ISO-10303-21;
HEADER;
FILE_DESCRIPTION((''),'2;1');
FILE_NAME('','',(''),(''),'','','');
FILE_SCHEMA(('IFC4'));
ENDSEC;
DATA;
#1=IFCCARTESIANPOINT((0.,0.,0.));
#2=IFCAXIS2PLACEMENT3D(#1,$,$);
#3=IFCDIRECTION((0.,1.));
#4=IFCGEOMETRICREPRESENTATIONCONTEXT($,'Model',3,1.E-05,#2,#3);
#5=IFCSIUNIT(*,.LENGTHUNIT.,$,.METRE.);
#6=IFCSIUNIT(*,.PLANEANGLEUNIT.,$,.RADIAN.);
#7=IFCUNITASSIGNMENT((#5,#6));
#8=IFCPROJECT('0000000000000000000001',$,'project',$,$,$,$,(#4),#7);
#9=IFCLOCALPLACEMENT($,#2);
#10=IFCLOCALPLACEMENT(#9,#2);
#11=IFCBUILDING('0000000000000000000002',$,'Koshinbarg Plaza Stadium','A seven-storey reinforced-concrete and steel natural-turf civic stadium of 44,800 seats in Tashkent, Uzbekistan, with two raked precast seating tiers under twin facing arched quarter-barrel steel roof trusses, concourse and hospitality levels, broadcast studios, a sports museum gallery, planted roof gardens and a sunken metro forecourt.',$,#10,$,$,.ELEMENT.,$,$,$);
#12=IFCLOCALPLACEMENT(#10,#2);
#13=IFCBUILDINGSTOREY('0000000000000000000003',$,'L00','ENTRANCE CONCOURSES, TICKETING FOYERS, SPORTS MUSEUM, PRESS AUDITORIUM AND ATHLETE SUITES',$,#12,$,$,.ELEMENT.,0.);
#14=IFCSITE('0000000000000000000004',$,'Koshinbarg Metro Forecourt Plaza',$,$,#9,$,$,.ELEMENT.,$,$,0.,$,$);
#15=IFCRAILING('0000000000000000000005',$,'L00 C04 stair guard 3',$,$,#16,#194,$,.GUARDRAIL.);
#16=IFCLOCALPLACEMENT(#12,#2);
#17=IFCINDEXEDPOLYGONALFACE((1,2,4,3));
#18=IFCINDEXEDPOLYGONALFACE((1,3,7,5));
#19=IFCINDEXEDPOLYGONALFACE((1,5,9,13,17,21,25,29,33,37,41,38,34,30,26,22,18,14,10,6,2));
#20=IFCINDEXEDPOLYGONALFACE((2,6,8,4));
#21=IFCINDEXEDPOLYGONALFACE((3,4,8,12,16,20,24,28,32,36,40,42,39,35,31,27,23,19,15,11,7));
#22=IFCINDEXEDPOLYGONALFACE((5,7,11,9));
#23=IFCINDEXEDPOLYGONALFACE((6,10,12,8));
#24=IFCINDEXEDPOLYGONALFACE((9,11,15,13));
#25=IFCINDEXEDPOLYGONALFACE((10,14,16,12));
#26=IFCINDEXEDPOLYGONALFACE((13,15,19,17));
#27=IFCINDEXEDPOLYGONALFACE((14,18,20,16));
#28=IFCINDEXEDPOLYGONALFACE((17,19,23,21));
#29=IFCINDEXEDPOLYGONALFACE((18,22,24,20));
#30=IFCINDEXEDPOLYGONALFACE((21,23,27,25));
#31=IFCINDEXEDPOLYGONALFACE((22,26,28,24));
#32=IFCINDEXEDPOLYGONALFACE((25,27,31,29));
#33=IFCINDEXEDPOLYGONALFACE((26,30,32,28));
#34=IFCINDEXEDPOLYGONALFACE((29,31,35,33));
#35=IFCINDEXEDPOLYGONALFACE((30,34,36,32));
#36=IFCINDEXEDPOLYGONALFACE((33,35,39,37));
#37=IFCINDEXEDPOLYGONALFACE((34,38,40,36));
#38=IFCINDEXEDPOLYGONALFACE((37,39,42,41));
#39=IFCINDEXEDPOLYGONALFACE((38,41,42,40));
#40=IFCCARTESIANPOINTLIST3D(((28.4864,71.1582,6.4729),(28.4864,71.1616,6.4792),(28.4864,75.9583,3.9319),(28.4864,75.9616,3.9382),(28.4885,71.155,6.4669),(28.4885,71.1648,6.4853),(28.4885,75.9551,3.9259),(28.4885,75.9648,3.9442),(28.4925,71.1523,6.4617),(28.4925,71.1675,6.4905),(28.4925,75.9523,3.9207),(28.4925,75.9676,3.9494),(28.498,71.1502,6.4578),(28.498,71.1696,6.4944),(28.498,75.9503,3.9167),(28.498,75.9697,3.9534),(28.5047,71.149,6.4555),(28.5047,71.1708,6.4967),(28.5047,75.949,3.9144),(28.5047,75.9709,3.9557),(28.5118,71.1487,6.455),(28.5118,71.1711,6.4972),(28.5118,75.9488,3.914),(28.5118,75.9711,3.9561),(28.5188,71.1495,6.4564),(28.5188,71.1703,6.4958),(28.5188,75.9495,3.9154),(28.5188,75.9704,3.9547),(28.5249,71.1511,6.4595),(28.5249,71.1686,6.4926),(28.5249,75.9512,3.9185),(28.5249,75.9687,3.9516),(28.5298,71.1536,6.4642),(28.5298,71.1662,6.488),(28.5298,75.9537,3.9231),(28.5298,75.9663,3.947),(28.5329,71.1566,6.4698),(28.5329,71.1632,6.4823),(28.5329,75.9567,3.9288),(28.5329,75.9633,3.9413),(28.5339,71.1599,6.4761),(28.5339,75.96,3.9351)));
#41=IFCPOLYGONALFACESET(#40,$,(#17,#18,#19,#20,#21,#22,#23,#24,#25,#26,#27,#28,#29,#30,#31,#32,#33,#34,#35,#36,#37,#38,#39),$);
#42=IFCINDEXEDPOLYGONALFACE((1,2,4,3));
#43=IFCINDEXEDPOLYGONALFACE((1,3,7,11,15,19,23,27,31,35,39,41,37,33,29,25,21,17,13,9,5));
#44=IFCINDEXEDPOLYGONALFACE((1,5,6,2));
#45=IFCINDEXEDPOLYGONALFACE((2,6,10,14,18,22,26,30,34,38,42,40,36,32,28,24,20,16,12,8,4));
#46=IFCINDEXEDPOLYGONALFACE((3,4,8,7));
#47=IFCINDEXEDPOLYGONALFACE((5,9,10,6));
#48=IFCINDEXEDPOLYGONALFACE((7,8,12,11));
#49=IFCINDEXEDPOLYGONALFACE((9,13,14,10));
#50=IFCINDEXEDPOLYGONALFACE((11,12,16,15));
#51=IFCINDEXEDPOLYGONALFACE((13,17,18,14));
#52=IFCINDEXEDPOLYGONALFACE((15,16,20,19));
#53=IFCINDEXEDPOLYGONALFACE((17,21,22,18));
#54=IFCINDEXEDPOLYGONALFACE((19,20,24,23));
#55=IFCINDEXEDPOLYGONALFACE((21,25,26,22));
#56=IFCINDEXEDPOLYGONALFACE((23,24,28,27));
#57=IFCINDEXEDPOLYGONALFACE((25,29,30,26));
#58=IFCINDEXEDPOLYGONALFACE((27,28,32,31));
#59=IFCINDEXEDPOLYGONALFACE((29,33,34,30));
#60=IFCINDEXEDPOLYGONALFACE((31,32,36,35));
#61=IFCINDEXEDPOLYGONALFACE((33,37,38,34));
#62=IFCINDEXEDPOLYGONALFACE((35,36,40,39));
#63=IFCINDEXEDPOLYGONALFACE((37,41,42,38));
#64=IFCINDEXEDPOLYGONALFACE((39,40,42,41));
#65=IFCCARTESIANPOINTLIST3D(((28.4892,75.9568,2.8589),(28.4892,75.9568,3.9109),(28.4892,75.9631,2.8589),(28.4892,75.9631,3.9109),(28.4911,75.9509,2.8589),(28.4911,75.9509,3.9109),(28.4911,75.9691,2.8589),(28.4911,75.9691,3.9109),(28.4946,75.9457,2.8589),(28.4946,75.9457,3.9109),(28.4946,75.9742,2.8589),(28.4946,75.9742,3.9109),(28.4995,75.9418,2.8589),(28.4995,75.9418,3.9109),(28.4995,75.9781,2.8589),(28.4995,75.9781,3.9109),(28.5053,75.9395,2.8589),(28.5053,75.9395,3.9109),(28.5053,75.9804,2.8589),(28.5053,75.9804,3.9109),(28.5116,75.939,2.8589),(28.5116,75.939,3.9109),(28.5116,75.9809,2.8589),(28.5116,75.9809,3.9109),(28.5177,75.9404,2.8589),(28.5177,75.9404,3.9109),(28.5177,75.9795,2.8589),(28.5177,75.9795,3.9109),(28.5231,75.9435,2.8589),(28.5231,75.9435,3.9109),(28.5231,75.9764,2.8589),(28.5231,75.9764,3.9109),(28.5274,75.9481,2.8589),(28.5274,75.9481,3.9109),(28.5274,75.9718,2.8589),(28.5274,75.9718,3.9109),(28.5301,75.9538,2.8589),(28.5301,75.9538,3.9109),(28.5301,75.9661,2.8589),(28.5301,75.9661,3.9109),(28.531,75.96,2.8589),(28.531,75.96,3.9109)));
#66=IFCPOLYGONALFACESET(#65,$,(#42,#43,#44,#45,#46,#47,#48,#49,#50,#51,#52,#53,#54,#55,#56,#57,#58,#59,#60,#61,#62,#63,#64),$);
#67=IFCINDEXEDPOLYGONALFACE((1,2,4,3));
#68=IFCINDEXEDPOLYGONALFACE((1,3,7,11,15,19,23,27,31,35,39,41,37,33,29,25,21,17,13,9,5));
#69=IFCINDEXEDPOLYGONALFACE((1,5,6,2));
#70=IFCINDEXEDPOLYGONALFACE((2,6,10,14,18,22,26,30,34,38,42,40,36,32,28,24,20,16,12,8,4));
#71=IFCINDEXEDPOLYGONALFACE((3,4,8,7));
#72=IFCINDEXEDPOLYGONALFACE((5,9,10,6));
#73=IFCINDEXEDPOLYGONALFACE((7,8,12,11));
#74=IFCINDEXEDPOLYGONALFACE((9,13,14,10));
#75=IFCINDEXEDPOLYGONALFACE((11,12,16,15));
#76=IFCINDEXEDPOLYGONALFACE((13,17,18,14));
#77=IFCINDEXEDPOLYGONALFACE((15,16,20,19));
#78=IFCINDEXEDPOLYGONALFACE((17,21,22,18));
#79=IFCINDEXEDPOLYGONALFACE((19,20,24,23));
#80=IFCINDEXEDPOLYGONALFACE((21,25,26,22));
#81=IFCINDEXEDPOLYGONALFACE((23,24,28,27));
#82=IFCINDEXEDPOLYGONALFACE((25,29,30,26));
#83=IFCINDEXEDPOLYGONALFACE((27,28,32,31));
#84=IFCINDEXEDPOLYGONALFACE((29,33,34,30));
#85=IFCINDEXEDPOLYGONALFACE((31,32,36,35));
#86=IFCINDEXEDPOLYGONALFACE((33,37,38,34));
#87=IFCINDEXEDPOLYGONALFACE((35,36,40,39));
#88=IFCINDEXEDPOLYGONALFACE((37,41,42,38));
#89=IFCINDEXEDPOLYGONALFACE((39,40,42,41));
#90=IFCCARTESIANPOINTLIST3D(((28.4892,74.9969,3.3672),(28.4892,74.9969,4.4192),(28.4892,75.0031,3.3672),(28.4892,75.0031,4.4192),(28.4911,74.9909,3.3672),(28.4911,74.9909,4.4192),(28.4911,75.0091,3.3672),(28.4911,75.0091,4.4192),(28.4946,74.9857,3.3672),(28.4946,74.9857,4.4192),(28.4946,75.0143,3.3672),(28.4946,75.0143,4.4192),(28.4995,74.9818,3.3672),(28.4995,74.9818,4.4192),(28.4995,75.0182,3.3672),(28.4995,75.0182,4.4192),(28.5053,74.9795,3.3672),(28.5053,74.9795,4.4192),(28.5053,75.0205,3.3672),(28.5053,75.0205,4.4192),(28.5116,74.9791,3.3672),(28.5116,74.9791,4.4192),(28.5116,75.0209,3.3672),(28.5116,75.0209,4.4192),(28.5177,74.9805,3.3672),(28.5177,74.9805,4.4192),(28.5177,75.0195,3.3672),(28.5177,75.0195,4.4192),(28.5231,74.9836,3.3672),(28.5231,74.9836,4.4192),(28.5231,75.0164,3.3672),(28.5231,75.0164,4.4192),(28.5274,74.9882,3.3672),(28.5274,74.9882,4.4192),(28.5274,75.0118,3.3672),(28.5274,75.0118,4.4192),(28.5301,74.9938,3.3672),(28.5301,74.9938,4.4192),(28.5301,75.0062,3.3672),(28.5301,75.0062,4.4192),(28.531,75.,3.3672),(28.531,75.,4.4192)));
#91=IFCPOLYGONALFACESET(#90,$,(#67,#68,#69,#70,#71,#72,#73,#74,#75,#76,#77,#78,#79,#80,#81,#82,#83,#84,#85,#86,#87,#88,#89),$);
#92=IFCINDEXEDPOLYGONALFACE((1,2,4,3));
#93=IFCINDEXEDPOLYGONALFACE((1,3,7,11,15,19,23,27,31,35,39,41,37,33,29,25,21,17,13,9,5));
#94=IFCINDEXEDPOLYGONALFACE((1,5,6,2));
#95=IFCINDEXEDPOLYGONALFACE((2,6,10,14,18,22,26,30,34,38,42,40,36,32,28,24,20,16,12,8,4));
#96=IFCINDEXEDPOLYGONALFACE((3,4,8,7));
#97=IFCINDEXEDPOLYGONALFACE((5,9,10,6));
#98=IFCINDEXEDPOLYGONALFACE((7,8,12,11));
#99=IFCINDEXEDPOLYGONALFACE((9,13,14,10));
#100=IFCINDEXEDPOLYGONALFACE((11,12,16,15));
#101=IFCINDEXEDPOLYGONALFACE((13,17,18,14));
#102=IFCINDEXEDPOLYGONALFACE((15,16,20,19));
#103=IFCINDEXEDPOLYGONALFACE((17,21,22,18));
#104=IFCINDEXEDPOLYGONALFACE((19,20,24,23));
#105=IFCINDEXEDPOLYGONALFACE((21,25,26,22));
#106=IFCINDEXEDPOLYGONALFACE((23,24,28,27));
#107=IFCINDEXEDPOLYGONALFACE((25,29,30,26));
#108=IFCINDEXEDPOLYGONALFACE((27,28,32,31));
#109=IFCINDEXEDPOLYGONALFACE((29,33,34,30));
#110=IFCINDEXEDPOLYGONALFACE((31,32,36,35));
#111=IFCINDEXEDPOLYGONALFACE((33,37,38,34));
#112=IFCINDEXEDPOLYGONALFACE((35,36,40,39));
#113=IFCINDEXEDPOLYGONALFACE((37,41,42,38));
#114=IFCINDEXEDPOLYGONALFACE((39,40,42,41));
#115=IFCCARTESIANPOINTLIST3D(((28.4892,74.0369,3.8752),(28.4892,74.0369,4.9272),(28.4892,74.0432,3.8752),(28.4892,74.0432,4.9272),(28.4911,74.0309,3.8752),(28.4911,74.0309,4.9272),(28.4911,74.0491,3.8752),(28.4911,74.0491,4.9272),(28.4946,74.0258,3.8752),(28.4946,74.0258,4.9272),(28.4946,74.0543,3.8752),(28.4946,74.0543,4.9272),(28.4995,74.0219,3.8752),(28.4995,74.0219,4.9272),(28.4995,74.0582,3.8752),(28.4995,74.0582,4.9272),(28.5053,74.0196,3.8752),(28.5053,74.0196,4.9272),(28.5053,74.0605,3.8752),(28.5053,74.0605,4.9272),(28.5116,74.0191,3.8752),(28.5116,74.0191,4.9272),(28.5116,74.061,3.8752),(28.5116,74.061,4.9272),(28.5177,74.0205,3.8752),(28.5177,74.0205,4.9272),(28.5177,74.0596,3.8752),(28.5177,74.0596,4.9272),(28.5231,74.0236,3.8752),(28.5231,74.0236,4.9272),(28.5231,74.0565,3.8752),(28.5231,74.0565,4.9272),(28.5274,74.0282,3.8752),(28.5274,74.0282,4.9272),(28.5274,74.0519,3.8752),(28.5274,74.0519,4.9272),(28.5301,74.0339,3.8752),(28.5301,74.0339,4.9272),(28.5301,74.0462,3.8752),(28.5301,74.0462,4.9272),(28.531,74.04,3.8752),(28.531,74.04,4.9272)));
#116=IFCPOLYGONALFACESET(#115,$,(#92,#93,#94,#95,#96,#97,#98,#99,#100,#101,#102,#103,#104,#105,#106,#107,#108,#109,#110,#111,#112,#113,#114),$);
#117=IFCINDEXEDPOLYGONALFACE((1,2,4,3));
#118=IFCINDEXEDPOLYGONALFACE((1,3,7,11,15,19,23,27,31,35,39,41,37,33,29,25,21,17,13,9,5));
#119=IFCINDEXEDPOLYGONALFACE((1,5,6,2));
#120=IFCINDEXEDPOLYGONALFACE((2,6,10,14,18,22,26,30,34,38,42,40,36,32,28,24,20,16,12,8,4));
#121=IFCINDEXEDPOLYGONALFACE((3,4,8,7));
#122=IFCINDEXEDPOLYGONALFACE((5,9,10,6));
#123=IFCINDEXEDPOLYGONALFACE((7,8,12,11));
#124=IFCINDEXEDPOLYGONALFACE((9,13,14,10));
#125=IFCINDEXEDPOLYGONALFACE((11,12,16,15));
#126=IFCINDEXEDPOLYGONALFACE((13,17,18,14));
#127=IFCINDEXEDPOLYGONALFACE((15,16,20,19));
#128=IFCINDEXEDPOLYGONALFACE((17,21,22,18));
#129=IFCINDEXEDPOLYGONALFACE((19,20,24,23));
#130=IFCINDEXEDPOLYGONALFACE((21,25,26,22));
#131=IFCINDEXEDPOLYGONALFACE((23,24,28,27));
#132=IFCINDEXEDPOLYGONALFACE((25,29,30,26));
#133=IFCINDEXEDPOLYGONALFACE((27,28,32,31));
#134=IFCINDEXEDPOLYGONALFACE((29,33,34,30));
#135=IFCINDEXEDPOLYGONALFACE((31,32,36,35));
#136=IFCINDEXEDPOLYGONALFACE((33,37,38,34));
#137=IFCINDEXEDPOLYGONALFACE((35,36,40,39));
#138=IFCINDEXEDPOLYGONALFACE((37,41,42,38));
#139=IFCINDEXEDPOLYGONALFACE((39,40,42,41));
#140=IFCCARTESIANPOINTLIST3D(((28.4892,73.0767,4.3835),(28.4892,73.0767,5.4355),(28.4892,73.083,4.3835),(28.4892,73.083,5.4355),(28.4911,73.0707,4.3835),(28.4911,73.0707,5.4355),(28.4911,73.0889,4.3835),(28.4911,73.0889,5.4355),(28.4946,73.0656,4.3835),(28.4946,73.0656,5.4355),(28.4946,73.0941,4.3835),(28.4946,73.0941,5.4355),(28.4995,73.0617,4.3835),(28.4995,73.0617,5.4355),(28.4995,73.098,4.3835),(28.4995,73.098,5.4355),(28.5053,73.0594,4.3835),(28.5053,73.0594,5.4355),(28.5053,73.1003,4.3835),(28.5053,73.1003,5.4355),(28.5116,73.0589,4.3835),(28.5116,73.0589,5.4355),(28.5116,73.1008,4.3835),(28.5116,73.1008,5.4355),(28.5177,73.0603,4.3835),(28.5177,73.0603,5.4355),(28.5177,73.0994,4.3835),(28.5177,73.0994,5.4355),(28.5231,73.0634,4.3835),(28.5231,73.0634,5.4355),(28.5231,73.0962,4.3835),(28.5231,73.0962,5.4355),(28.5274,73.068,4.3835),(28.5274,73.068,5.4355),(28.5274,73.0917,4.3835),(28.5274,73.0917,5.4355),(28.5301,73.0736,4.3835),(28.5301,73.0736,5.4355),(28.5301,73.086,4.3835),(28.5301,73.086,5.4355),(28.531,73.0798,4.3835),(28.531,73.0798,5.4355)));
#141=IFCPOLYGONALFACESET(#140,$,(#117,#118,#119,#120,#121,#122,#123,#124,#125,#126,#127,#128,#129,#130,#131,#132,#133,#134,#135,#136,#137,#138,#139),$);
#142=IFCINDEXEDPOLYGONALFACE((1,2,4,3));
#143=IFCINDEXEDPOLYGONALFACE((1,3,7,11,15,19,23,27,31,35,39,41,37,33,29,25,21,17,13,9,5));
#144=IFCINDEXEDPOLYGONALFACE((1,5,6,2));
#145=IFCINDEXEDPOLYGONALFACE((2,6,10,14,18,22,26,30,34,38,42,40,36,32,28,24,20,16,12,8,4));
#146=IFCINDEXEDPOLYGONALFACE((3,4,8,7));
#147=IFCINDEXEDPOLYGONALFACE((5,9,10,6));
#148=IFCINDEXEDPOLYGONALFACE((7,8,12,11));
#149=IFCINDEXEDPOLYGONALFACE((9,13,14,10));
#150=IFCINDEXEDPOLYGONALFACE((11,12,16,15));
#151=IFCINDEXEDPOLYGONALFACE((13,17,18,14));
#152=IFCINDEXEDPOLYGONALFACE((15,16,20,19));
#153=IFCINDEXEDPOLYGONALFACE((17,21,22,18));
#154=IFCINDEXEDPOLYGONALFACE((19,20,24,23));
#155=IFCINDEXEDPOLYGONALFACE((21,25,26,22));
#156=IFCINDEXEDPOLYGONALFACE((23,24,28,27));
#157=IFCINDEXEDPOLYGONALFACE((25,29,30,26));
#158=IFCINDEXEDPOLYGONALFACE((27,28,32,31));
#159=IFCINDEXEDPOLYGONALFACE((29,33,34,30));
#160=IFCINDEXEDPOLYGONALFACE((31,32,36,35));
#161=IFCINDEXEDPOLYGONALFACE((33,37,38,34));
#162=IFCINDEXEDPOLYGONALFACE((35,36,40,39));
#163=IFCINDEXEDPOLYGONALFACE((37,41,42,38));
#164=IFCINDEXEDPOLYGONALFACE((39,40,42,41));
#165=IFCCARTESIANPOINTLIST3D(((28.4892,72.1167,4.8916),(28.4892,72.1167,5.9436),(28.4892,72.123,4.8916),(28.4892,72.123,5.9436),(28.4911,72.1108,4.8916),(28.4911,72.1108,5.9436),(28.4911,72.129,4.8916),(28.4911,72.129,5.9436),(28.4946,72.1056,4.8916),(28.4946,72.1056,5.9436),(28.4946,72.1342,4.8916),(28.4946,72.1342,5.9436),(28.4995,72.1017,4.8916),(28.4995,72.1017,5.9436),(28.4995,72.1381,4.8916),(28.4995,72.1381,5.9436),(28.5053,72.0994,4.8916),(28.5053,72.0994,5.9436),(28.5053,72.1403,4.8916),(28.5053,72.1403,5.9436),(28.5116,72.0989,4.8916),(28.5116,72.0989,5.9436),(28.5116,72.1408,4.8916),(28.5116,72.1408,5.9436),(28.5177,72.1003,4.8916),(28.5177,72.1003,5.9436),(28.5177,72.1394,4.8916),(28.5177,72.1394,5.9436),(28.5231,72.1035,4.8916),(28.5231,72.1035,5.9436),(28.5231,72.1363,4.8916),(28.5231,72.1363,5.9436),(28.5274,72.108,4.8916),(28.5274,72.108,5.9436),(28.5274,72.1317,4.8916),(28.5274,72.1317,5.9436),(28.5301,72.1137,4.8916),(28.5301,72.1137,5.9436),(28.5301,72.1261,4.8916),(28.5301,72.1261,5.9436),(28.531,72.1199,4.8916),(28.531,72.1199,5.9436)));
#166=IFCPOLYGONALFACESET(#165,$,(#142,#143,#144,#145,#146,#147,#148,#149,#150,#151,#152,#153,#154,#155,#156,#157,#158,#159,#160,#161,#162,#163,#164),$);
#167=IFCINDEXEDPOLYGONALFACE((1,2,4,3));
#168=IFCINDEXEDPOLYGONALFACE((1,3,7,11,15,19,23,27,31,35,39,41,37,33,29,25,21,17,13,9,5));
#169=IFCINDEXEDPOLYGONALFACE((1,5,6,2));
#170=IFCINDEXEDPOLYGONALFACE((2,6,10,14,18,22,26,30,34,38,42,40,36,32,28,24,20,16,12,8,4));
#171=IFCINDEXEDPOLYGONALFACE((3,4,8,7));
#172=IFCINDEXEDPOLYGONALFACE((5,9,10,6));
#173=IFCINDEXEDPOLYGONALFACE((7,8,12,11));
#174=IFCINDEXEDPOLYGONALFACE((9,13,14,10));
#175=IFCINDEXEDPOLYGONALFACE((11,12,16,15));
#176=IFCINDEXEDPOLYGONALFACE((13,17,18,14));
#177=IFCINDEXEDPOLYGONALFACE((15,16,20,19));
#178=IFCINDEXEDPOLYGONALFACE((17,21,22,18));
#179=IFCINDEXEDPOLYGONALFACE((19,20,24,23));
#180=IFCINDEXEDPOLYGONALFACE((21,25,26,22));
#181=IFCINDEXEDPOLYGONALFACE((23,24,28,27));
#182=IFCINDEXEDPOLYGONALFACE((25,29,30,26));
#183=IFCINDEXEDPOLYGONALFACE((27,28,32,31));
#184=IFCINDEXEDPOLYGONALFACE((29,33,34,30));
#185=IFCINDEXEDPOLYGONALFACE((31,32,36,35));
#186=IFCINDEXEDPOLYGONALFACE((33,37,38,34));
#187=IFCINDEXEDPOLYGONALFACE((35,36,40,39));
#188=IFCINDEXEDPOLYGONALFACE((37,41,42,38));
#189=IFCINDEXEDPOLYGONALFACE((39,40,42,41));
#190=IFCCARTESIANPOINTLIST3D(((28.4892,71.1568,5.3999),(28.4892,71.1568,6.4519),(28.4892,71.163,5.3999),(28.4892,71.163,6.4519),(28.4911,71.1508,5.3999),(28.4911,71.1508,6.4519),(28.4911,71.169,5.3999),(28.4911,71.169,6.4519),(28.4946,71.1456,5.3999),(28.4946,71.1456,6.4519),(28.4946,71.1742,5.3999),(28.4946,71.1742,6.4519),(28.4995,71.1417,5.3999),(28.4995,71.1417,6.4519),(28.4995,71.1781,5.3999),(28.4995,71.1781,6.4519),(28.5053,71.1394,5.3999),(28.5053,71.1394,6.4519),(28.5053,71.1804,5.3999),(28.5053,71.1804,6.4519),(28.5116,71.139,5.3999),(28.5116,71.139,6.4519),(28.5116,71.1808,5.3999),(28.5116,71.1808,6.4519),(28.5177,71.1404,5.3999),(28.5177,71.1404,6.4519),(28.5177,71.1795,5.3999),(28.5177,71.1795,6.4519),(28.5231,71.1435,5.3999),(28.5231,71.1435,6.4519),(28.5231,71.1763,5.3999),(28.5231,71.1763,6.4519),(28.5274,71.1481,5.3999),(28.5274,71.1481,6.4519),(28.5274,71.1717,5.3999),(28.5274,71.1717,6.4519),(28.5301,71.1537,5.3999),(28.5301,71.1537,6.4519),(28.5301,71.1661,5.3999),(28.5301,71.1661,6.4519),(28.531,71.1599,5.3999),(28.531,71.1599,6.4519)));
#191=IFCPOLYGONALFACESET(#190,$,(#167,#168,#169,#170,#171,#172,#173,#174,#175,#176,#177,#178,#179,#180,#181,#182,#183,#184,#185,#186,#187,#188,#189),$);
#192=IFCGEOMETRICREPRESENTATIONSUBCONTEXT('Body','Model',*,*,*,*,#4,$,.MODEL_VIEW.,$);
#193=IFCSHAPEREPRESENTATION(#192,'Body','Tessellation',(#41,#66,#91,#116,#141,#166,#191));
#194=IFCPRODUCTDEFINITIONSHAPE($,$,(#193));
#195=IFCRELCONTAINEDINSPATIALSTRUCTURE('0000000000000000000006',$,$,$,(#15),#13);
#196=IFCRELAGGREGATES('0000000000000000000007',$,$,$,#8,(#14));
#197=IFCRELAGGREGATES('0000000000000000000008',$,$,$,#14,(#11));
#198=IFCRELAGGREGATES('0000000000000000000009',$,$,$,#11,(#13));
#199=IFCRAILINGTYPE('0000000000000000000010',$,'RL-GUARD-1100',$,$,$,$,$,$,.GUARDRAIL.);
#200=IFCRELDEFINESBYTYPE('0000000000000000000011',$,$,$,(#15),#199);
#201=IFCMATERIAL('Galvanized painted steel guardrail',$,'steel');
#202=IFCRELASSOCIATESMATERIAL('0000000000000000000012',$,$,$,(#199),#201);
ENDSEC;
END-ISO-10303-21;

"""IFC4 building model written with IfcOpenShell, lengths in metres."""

from ifc_helpers import new_model, si_unit, direction, frame, origin, origin_2d, place, context, subcontext, project, spatial, circle, extrude, material, type_object, element, save


model = new_model("IFC4")

# Units and contexts
model_context = context("Model", 3, precision=1e-05, world=origin(), true_north=direction((0.0, 1.0)))
body_context = subcontext(model_context, "Body", "Model", "MODEL_VIEW")
ifc_project = project(units=[si_unit("LENGTHUNIT", "METRE"), si_unit("PLANEANGLEUNIT", "RADIAN")], contexts=[model_context])

# Site, building, storey
site_placement = place(None, origin())
site = spatial("IfcSite", under=ifc_project, at=site_placement, Name="Koshinbarg Metro Forecourt Plaza", CompositionType="ELEMENT", RefElevation=0.0)
building_placement = place(site_placement, origin())
building = spatial("IfcBuilding", under=site, at=building_placement, Name="Koshinbarg Plaza Stadium", Description="A seven-storey reinforced-concrete and steel natural-turf civic stadium of 44,800 seats in Tashkent, Uzbekistan, with two raked precast seating tiers under twin facing arched quarter-barrel steel roof trusses, concourse and hospitality levels, broadcast studios, a sports museum gallery, planted roof gardens and a sunken metro forecourt.", CompositionType="ELEMENT")
storey_placement = place(building_placement, origin())
storey = spatial("IfcBuildingStorey", under=building, at=storey_placement, Name="L00", Description="ENTRANCE CONCOURSES, TICKETING FOYERS, SPORTS MUSEUM, PRESS AUDITORIUM AND ATHLETE SUITES", CompositionType="ELEMENT", Elevation=0.0)

# Railing
ifc_material_1 = material(Name="Galvanized painted steel guardrail", Category="steel")
railing_type_1 = type_object("IfcRailingType", Name="RL-GUARD-1100", PredefinedType="GUARDRAIL", material=ifc_material_1)
railing_1_placement = place(storey_placement, frame((28.51, 75.96, 2.8589)))
element("IfcRailing", 1, at=railing_1_placement, inside=storey, type_object=railing_type_1, Name="L00 C04 stair guard 3", PredefinedType="GUARDRAIL", context=body_context, shape_type="SweptSolid", body=[
    extrude(circle(Radius=0.0239, at=origin_2d()), frame((0.0, 0.0, 1.0762), z_axis=(0.0, -0.883802, 0.467861), x_axis=(1.0, 0.0, 0.0)), (0.0, 0.0, 1.0), 5.4312),
    extrude(circle(Radius=0.021, at=origin_2d()), origin(), (0.0, 0.0, 1.0), 1.052),
    extrude(circle(Radius=0.021, at=origin_2d()), frame((0.0, -0.96, 0.5083)), (0.0, 0.0, 1.0), 1.052),
    extrude(circle(Radius=0.021, at=origin_2d()), frame((0.0, -1.9199, 1.0164)), (0.0, 0.0, 1.0), 1.052),
    extrude(circle(Radius=0.021, at=origin_2d()), frame((0.0, -2.8801, 1.5247)), (0.0, 0.0, 1.0), 1.052),
    extrude(circle(Radius=0.021, at=origin_2d()), frame((0.0, -3.8401, 2.0327)), (0.0, 0.0, 1.0), 1.052),
    extrude(circle(Radius=0.021, at=origin_2d()), frame((0.0, -4.8, 2.541)), (0.0, 0.0, 1.0), 1.052),
])

save(model, "model.ifc")
